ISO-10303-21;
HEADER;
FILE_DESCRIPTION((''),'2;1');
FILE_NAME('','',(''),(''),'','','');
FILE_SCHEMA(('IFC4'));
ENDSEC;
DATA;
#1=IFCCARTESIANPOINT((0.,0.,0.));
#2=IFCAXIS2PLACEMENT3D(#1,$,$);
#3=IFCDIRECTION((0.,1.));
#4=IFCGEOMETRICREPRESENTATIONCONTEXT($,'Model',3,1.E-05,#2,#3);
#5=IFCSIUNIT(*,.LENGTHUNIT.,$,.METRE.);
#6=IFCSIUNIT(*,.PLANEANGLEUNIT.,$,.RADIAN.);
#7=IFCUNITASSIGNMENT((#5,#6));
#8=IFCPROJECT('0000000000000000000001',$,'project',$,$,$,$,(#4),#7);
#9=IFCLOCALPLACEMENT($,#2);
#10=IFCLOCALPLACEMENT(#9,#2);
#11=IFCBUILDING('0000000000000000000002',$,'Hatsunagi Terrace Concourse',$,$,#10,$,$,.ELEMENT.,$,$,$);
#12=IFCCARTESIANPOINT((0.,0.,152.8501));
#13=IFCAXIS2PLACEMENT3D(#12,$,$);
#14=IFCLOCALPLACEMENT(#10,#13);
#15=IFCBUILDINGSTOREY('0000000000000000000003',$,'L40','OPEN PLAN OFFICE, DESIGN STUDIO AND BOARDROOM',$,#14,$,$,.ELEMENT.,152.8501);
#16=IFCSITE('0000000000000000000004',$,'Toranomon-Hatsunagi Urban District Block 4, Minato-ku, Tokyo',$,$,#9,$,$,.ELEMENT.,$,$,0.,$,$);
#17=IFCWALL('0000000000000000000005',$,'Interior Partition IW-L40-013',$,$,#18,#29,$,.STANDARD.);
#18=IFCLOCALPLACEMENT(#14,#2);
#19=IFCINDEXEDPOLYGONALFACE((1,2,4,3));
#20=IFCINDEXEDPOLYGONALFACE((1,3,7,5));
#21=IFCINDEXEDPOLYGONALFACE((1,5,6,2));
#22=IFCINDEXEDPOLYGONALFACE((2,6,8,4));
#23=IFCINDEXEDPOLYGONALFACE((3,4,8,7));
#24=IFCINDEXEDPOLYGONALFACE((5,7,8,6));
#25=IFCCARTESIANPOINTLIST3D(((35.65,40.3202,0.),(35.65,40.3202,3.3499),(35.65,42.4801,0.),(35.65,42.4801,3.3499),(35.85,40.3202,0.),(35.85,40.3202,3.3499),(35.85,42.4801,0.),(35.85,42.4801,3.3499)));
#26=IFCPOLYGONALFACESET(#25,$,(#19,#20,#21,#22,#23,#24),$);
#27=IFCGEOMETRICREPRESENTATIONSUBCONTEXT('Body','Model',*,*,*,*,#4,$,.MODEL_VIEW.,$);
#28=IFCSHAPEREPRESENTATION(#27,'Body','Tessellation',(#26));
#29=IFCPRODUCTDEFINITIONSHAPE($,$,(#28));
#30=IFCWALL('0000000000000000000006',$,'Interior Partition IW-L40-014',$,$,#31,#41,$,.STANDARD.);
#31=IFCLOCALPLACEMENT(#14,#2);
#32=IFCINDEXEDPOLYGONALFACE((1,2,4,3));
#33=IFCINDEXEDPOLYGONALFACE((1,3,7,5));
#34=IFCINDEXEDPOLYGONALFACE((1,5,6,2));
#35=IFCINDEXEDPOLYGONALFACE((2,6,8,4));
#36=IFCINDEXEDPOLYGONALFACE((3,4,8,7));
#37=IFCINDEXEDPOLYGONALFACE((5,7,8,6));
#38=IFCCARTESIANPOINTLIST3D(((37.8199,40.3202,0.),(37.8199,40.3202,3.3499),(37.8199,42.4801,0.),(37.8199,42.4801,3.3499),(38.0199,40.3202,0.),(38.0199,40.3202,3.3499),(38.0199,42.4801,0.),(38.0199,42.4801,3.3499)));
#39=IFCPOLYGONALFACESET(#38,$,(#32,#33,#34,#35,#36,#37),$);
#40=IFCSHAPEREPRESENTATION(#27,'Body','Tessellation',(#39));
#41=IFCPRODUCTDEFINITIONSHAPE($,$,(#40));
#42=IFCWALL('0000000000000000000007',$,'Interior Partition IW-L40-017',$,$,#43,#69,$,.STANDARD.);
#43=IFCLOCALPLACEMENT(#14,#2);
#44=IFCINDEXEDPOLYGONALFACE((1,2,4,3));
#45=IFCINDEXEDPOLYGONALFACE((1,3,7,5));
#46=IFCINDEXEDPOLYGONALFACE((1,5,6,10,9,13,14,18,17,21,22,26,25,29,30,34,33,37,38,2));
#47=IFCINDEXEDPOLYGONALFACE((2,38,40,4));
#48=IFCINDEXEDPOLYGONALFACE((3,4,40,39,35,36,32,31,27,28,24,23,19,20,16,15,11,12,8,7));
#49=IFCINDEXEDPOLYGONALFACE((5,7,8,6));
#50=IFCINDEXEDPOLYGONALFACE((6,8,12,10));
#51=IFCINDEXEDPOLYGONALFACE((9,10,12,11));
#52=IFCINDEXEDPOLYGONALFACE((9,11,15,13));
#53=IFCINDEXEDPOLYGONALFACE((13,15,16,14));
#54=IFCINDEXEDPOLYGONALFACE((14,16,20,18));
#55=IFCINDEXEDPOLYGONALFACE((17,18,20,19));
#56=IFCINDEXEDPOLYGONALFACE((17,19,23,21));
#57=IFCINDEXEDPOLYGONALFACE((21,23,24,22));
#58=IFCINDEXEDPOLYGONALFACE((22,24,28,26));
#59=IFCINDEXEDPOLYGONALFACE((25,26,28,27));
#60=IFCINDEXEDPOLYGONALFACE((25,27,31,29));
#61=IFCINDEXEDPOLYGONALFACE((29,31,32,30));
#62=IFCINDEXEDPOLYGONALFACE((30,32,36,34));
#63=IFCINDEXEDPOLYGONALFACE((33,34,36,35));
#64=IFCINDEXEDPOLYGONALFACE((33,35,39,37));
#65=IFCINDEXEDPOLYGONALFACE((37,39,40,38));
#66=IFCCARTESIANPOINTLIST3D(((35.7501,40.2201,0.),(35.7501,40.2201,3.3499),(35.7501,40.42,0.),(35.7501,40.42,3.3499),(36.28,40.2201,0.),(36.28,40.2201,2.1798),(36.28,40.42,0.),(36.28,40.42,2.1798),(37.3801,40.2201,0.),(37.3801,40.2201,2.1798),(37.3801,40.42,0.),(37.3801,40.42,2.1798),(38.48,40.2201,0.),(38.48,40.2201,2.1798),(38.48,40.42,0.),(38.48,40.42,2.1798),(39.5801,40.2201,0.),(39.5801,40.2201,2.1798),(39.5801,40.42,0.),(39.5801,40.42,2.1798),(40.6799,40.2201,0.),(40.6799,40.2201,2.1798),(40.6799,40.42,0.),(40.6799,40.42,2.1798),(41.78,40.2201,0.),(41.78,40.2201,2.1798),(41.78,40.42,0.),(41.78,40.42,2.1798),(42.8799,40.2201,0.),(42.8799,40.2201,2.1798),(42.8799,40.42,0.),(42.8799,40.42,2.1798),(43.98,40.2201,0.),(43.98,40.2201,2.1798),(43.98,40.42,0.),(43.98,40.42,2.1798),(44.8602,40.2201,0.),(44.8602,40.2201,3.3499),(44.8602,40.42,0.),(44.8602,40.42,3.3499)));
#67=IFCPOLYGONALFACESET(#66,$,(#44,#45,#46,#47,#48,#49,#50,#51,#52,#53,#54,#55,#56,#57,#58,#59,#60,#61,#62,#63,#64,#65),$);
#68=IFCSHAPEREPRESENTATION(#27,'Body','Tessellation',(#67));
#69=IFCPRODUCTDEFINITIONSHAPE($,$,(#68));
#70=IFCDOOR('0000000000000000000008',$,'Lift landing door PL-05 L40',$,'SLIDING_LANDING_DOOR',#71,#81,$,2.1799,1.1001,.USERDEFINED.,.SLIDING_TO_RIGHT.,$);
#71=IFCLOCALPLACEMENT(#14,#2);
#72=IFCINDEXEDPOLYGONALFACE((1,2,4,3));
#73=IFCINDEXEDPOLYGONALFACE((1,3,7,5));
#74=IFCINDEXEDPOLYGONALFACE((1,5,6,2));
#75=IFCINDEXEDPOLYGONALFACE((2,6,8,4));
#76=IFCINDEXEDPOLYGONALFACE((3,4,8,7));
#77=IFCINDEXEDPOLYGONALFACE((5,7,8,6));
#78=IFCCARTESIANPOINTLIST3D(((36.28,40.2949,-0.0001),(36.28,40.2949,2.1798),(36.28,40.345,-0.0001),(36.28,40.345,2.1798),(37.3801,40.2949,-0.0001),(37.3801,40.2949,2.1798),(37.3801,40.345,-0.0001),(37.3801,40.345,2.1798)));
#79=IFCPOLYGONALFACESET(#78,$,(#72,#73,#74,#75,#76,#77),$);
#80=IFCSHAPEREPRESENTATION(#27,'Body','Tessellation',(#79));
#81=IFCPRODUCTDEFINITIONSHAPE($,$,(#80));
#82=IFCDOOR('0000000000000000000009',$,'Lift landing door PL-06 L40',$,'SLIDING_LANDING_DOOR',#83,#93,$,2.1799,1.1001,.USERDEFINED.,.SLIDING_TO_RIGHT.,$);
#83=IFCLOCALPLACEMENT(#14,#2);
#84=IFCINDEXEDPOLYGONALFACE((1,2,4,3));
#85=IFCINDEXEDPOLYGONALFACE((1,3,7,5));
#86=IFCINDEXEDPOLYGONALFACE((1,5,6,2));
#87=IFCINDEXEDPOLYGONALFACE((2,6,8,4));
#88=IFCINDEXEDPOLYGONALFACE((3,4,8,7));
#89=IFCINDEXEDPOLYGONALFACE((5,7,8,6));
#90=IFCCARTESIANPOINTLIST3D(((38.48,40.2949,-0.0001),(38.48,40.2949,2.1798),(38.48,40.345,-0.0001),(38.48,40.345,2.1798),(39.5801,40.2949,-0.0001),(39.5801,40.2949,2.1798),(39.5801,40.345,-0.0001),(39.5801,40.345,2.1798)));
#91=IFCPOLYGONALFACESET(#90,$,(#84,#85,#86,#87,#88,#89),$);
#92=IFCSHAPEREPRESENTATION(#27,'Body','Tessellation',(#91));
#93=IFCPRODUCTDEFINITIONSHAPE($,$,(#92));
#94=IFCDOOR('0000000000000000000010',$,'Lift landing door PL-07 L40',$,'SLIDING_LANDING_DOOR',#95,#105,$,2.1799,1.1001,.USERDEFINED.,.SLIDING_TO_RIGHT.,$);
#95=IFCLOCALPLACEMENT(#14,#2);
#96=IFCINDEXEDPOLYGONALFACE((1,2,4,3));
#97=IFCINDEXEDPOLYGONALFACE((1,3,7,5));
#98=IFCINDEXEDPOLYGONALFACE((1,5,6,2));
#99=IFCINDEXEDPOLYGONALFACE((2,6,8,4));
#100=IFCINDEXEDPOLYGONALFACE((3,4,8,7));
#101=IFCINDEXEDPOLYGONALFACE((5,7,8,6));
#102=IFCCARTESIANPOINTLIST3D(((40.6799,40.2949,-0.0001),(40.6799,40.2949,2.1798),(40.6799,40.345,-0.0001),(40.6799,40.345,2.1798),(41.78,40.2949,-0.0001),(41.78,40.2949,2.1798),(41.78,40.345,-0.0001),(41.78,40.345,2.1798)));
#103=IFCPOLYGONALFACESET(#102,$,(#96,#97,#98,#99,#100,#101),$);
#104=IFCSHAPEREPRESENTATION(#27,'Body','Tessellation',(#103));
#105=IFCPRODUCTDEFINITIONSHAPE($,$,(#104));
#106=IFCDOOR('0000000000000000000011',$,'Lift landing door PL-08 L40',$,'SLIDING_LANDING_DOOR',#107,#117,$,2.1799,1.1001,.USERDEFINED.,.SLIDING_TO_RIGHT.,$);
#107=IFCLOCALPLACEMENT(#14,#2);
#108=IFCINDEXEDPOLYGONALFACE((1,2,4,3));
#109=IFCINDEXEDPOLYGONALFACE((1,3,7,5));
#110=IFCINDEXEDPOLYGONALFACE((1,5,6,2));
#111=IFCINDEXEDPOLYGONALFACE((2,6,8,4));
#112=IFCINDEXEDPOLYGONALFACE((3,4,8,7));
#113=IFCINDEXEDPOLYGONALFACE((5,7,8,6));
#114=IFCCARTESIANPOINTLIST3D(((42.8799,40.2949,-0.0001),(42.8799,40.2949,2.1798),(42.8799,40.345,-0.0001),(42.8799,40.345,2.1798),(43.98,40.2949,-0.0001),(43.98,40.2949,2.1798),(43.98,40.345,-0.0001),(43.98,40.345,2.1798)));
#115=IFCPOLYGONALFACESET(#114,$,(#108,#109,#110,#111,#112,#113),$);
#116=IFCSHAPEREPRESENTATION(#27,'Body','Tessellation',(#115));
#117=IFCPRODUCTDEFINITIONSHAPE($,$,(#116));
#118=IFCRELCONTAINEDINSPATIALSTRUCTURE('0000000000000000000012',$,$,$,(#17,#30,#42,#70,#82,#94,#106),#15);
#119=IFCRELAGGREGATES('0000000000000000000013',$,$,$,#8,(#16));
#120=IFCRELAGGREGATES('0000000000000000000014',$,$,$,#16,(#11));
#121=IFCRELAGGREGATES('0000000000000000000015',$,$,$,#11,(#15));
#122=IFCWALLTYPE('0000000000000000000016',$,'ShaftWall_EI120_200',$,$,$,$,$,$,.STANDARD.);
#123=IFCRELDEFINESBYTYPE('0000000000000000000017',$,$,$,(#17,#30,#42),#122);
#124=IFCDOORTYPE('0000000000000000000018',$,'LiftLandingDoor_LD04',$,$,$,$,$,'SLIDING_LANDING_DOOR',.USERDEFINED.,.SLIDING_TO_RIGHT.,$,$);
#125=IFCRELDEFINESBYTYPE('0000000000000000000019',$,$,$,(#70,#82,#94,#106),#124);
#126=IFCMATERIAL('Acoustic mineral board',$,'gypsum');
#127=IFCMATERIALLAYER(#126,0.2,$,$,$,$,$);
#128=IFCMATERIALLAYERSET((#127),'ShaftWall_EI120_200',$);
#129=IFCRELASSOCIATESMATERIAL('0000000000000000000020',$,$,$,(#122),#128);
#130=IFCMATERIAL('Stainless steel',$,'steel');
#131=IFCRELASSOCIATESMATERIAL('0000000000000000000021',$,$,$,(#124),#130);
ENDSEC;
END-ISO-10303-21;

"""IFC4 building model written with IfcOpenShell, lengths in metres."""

from ifc_helpers import new_model, si_unit, direction, frame, frame_2d, origin, place, context, subcontext, project, spatial, rectangle, extrude, material, layer, layer_set, type_object, element, fill, save


model = new_model("IFC4")

# Units and contexts
model_context = context("Model", 3, precision=1e-05, world=origin(), true_north=direction((0.0, 1.0)))
body_context = subcontext(model_context, "Body", "Model", "MODEL_VIEW")
ifc_project = project(units=[si_unit("LENGTHUNIT", "METRE"), si_unit("PLANEANGLEUNIT", "RADIAN")], contexts=[model_context])

# Site, building, storey
site_placement = place(None, origin())
site = spatial("IfcSite", under=ifc_project, at=site_placement, Name="Toranomon-Hatsunagi Urban District Block 4, Minato-ku, Tokyo", CompositionType="ELEMENT", RefElevation=0.0)
building_placement = place(site_placement, origin())
building = spatial("IfcBuilding", under=site, at=building_placement, Name="Hatsunagi Terrace Concourse", CompositionType="ELEMENT")
storey_placement = place(building_placement, frame((0.0, 0.0, 152.8501)))
storey = spatial("IfcBuildingStorey", under=building, at=storey_placement, Name="L40", Description="OPEN PLAN OFFICE, DESIGN STUDIO AND BOARDROOM", CompositionType="ELEMENT", Elevation=152.8501)

# Walls
ifc_material_1 = material(Name="Acoustic mineral board", Category="gypsum")
ifc_layer_1 = layer(ifc_material_1, 0.2)
ifc_layer_set_1 = layer_set([ifc_layer_1], Name="ShaftWall_EI120_200")
wall_type_1 = type_object("IfcWallType", Name="ShaftWall_EI120_200", PredefinedType="STANDARD", material=ifc_layer_set_1)
for number, where, z_axis, x_axis, name in (
    (1, (35.75, 40.3201, 0.0), (0.0, 0.0, 1.0), (0.0, 1.0, 0.0), "Interior Partition IW-L40-013"),
    (2, (37.9199, 40.3201, 0.0), (0.0, 0.0, 1.0), (0.0, 1.0, 0.0), "Interior Partition IW-L40-014"),
):
    element("IfcWall", number, at=place(storey_placement, frame(where, z_axis=z_axis, x_axis=x_axis)), inside=storey, type_object=wall_type_1, Name=name, PredefinedType="STANDARD", context=body_context, shape_type="SweptSolid", body=[
        extrude(rectangle(XDim=2.1599, YDim=0.2, at=frame_2d((1.0801, 0.0))), origin(), (0.0, 0.0, 1.0), 3.3499),
    ])

# Wall, openings, doors
wall_1_placement = place(storey_placement, frame((35.75, 40.3201, 0.0), z_axis=(0.0, 0.0, 1.0), x_axis=(1.0, 0.0, 0.0)))
wall_1 = element("IfcWall", 3, at=wall_1_placement, inside=storey, type_object=wall_type_1, Name="Interior Partition IW-L40-017", PredefinedType="STANDARD", context=body_context, shape_type="SweptSolid", body=[
    extrude(rectangle(XDim=9.1101, YDim=0.2, at=frame_2d((4.5552, 0.0))), origin(), (0.0, 0.0, 1.0), 3.3499),
])
opening_1_placement = place(wall_1_placement, frame((0.53, 0.0, 0.0)))
opening_1 = element("IfcOpeningElement", 4, at=opening_1_placement, cuts=wall_1, PredefinedType="OPENING", context=body_context, shape_type="SweptSolid", body=[
    extrude(rectangle(XDim=1.1001, YDim=2.1799, at=frame_2d((0.55, 1.0898))), frame((0.0, 0.1099, 0.0), z_axis=(0.0, -1.0, 0.0), x_axis=(1.0, 0.0, 0.0)), (0.0, 0.0, 1.0), 0.22),
])
opening_2_placement = place(wall_1_placement, frame((2.73, 0.0, 0.0)))
opening_2 = element("IfcOpeningElement", 5, at=opening_2_placement, cuts=wall_1, PredefinedType="OPENING", context=body_context, shape_type="SweptSolid", body=[
    extrude(rectangle(XDim=1.1001, YDim=2.1799, at=frame_2d((0.55, 1.0898))), frame((0.0, 0.1099, 0.0), z_axis=(0.0, -1.0, 0.0), x_axis=(1.0, 0.0, 0.0)), (0.0, 0.0, 1.0), 0.22),
])
opening_3_placement = place(wall_1_placement, frame((4.9299, 0.0, 0.0)))
opening_3 = element("IfcOpeningElement", 6, at=opening_3_placement, cuts=wall_1, PredefinedType="OPENING", context=body_context, shape_type="SweptSolid", body=[
    extrude(rectangle(XDim=1.1001, YDim=2.1799, at=frame_2d((0.55, 1.0898))), frame((0.0, 0.1099, 0.0), z_axis=(0.0, -1.0, 0.0), x_axis=(1.0, 0.0, 0.0)), (0.0, 0.0, 1.0), 0.22),
])
opening_4_placement = place(wall_1_placement, frame((7.1299, 0.0, 0.0)))
opening_4 = element("IfcOpeningElement", 7, at=opening_4_placement, cuts=wall_1, PredefinedType="OPENING", context=body_context, shape_type="SweptSolid", body=[
    extrude(rectangle(XDim=1.1001, YDim=2.1799, at=frame_2d((0.55, 1.0898))), frame((0.0, 0.1099, 0.0), z_axis=(0.0, -1.0, 0.0), x_axis=(1.0, 0.0, 0.0)), (0.0, 0.0, 1.0), 0.22),
])
ifc_material_2 = material(Name="Stainless steel", Category="steel")
door_type_1 = type_object("IfcDoorType", Name="LiftLandingDoor_LD04", ElementType="SLIDING_LANDING_DOOR", OperationType="SLIDING_TO_RIGHT", PredefinedType="USERDEFINED", material=ifc_material_2)
door_1_placement = place(opening_1_placement, origin())
door_1 = element("IfcDoor", 8, at=door_1_placement, inside=storey, type_object=door_type_1, Name="Lift landing door PL-05 L40", ObjectType="SLIDING_LANDING_DOOR", OperationType="SLIDING_TO_RIGHT", OverallHeight=2.1799, OverallWidth=1.1001, PredefinedType="USERDEFINED", context=body_context, shape_type="SweptSolid", body=[
    extrude(rectangle(XDim=1.1001, YDim=2.1799, at=frame_2d((0.55, 1.0898))), frame((0.0, 0.0249, 0.0), z_axis=(0.0, -1.0, 0.0), x_axis=(1.0, 0.0, 0.0)), (0.0, 0.0, 1.0), 0.05),
])
fill(opening_1, door_1)
door_2_placement = place(opening_2_placement, origin())
door_2 = element("IfcDoor", 9, at=door_2_placement, inside=storey, type_object=door_type_1, Name="Lift landing door PL-06 L40", ObjectType="SLIDING_LANDING_DOOR", OperationType="SLIDING_TO_RIGHT", OverallHeight=2.1799, OverallWidth=1.1001, PredefinedType="USERDEFINED", context=body_context, shape_type="SweptSolid", body=[
    extrude(rectangle(XDim=1.1001, YDim=2.1799, at=frame_2d((0.55, 1.0898))), frame((0.0, 0.0249, 0.0), z_axis=(0.0, -1.0, 0.0), x_axis=(1.0, 0.0, 0.0)), (0.0, 0.0, 1.0), 0.05),
])
fill(opening_2, door_2)
door_3_placement = place(opening_3_placement, origin())
door_3 = element("IfcDoor", 10, at=door_3_placement, inside=storey, type_object=door_type_1, Name="Lift landing door PL-07 L40", ObjectType="SLIDING_LANDING_DOOR", OperationType="SLIDING_TO_RIGHT", OverallHeight=2.1799, OverallWidth=1.1001, PredefinedType="USERDEFINED", context=body_context, shape_type="SweptSolid", body=[
    extrude(rectangle(XDim=1.1001, YDim=2.1799, at=frame_2d((0.55, 1.0898))), frame((0.0, 0.0249, 0.0), z_axis=(0.0, -1.0, 0.0), x_axis=(1.0, 0.0, 0.0)), (0.0, 0.0, 1.0), 0.05),
])
fill(opening_3, door_3)
door_4_placement = place(opening_4_placement, origin())
door_4 = element("IfcDoor", 11, at=door_4_placement, inside=storey, type_object=door_type_1, Name="Lift landing door PL-08 L40", ObjectType="SLIDING_LANDING_DOOR", OperationType="SLIDING_TO_RIGHT", OverallHeight=2.1799, OverallWidth=1.1001, PredefinedType="USERDEFINED", context=body_context, shape_type="SweptSolid", body=[
    extrude(rectangle(XDim=1.1001, YDim=2.1799, at=frame_2d((0.55, 1.0898))), frame((0.0, 0.0249, 0.0), z_axis=(0.0, -1.0, 0.0), x_axis=(1.0, 0.0, 0.0)), (0.0, 0.0, 1.0), 0.05),
])
fill(opening_4, door_4)

save(model, "model.ifc")
